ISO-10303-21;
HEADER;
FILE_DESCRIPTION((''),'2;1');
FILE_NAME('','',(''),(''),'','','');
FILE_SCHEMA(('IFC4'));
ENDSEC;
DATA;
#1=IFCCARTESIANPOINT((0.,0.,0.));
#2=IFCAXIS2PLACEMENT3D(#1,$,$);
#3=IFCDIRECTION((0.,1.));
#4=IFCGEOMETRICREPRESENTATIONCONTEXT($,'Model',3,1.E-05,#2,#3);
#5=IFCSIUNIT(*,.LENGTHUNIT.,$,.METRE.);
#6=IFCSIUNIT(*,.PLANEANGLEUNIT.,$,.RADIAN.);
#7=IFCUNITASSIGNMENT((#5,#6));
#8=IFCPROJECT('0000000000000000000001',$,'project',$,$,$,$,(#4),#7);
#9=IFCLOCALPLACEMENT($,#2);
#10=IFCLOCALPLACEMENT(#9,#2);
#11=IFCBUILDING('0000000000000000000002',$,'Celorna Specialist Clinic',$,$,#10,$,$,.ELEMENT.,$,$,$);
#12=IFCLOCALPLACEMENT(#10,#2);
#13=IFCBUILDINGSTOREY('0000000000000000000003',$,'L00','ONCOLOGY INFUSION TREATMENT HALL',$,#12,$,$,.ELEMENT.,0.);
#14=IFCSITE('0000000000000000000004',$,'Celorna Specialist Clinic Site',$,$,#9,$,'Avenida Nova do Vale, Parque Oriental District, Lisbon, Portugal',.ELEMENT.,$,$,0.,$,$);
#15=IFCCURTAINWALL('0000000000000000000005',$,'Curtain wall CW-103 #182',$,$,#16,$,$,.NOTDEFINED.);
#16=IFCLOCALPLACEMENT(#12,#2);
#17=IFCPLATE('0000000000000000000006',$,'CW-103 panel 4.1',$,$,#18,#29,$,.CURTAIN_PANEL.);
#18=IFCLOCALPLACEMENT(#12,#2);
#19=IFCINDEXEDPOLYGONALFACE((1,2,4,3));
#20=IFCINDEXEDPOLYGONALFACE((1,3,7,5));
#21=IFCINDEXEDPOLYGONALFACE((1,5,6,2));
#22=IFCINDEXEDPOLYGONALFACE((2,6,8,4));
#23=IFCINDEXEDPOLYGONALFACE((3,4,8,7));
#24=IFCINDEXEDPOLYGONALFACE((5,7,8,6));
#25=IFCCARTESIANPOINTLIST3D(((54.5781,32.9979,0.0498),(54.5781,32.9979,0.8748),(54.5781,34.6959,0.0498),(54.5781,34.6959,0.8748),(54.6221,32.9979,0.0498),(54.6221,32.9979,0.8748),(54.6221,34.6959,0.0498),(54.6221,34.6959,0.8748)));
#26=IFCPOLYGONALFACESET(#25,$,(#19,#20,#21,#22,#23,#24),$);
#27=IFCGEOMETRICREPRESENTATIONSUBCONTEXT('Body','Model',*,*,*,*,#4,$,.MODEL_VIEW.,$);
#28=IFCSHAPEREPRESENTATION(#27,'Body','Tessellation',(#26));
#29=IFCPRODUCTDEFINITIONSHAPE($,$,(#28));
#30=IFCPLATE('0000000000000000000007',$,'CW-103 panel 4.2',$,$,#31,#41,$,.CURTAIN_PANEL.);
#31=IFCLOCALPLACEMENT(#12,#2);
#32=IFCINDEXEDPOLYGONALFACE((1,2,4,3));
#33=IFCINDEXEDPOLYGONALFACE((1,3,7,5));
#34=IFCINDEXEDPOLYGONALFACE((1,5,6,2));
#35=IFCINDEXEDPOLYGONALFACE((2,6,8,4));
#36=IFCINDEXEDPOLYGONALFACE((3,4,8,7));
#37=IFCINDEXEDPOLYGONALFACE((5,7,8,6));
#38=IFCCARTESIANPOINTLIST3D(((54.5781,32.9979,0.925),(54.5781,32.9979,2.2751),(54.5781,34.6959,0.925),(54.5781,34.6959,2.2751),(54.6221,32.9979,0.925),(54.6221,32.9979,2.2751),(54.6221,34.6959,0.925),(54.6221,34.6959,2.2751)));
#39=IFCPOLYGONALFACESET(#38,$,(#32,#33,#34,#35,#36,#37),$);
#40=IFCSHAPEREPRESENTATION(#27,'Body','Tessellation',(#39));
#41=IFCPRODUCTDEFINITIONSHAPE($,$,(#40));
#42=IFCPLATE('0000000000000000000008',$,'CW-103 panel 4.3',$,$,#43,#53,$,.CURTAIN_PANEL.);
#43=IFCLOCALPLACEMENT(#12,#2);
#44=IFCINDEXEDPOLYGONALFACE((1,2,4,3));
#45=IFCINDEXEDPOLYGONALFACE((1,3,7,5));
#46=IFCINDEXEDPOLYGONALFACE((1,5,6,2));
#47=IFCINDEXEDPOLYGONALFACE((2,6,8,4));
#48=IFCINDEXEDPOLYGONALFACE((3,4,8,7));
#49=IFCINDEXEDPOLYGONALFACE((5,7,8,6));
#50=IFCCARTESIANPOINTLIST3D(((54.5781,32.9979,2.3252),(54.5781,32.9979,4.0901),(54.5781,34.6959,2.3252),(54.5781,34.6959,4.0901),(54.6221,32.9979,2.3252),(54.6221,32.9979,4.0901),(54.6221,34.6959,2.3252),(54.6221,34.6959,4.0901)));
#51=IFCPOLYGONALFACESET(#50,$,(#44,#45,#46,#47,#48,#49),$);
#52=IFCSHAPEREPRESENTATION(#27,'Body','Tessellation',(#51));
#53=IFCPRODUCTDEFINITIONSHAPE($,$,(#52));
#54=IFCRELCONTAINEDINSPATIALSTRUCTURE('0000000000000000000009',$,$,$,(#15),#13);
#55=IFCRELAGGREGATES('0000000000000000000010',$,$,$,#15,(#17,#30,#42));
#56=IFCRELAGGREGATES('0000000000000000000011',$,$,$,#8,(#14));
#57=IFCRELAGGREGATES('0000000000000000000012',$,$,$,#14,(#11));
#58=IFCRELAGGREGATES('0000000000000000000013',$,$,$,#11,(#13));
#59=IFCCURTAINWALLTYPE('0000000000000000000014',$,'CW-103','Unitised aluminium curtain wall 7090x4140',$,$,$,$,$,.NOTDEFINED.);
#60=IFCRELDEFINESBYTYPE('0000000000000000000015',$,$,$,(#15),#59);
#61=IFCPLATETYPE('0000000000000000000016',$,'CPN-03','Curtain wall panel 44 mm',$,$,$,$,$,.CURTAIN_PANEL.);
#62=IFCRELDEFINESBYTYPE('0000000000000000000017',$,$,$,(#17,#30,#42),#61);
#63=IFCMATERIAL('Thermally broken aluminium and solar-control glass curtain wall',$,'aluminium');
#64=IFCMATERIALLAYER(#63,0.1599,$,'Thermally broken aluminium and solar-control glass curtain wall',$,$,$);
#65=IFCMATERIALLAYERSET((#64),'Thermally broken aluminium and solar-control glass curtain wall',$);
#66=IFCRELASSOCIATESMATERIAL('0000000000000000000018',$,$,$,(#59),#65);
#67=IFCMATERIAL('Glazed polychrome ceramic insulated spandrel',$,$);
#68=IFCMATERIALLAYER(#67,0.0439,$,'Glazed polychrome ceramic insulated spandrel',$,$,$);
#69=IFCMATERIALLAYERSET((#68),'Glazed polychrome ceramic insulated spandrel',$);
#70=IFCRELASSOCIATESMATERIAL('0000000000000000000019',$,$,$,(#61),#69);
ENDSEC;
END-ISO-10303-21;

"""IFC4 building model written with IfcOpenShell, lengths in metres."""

from ifc_helpers import new_model, si_unit, direction, frame, origin, origin_2d, place, context, subcontext, project, spatial, rectangle, extrude, material, layer, layer_set, type_object, element, aggregate, save


model = new_model("IFC4")

# Units and contexts
model_context = context("Model", 3, precision=1e-05, world=origin(), true_north=direction((0.0, 1.0)))
body_context = subcontext(model_context, "Body", "Model", "MODEL_VIEW")
ifc_project = project(units=[si_unit("LENGTHUNIT", "METRE"), si_unit("PLANEANGLEUNIT", "RADIAN")], contexts=[model_context])

# Site, building, storey
site_placement = place(None, origin())
site = spatial("IfcSite", under=ifc_project, at=site_placement, Name="Celorna Specialist Clinic Site", LongName="Avenida Nova do Vale, Parque Oriental District, Lisbon, Portugal", CompositionType="ELEMENT", RefElevation=0.0)
building_placement = place(site_placement, origin())
building = spatial("IfcBuilding", under=site, at=building_placement, Name="Celorna Specialist Clinic", CompositionType="ELEMENT")
storey_placement = place(building_placement, origin())
storey = spatial("IfcBuildingStorey", under=building, at=storey_placement, Name="L00", Description="ONCOLOGY INFUSION TREATMENT HALL", CompositionType="ELEMENT", Elevation=0.0)

# Curtain wall, plates
ifc_material_1 = material(Name="Thermally broken aluminium and solar-control glass curtain wall", Category="aluminium")
ifc_layer_1 = layer(ifc_material_1, 0.1599, Name="Thermally broken aluminium and solar-control glass curtain wall")
ifc_layer_set_1 = layer_set([ifc_layer_1], Name="Thermally broken aluminium and solar-control glass curtain wall")
curtain_wall_type = type_object("IfcCurtainWallType", Name="CW-103", Description="Unitised aluminium curtain wall 7090x4140", PredefinedType="NOTDEFINED", material=ifc_layer_set_1)
curtain_wall_placement = place(storey_placement, origin())
curtain_wall = element("IfcCurtainWall", 1, at=curtain_wall_placement, inside=storey, type_object=curtain_wall_type, Name="Curtain wall CW-103 #182", PredefinedType="NOTDEFINED")
ifc_material_2 = material(Name="Glazed polychrome ceramic insulated spandrel")
ifc_layer_2 = layer(ifc_material_2, 0.0439, Name="Glazed polychrome ceramic insulated spandrel")
ifc_layer_set_2 = layer_set([ifc_layer_2], Name="Glazed polychrome ceramic insulated spandrel")
plate_type = type_object("IfcPlateType", Name="CPN-03", Description="Curtain wall panel 44 mm", PredefinedType="CURTAIN_PANEL", material=ifc_layer_set_2)
plate_1_placement = place(storey_placement, frame((54.6001, 33.8469, 0.0498), z_axis=(0.0, 0.0, 1.0), x_axis=(0.0, 1.0, 0.0)))
plate_1 = element("IfcPlate", 2, at=plate_1_placement, type_object=plate_type, Name="CW-103 panel 4.1", PredefinedType="CURTAIN_PANEL", context=body_context, shape_type="SweptSolid", body=[
    extrude(rectangle(XDim=1.698, YDim=0.0439, at=origin_2d()), origin(), (0.0, 0.0, 1.0), 0.825),
])
plate_2_placement = place(storey_placement, frame((54.6001, 33.8469, 0.925), z_axis=(0.0, 0.0, 1.0), x_axis=(0.0, 1.0, 0.0)))
plate_2 = element("IfcPlate", 3, at=plate_2_placement, type_object=plate_type, Name="CW-103 panel 4.2", PredefinedType="CURTAIN_PANEL", context=body_context, shape_type="SweptSolid", body=[
    extrude(rectangle(XDim=1.698, YDim=0.0439, at=origin_2d()), origin(), (0.0, 0.0, 1.0), 1.3501),
])
plate_3_placement = place(storey_placement, frame((54.6001, 33.8469, 2.3252), z_axis=(0.0, 0.0, 1.0), x_axis=(0.0, 1.0, 0.0)))
plate_3 = element("IfcPlate", 4, at=plate_3_placement, type_object=plate_type, Name="CW-103 panel 4.3", PredefinedType="CURTAIN_PANEL", context=body_context, shape_type="SweptSolid", body=[
    extrude(rectangle(XDim=1.698, YDim=0.0439, at=origin_2d()), origin(), (0.0, 0.0, 1.0), 1.7649),
])
aggregate(curtain_wall, [plate_1, plate_2, plate_3])

save(model, "model.ifc")
